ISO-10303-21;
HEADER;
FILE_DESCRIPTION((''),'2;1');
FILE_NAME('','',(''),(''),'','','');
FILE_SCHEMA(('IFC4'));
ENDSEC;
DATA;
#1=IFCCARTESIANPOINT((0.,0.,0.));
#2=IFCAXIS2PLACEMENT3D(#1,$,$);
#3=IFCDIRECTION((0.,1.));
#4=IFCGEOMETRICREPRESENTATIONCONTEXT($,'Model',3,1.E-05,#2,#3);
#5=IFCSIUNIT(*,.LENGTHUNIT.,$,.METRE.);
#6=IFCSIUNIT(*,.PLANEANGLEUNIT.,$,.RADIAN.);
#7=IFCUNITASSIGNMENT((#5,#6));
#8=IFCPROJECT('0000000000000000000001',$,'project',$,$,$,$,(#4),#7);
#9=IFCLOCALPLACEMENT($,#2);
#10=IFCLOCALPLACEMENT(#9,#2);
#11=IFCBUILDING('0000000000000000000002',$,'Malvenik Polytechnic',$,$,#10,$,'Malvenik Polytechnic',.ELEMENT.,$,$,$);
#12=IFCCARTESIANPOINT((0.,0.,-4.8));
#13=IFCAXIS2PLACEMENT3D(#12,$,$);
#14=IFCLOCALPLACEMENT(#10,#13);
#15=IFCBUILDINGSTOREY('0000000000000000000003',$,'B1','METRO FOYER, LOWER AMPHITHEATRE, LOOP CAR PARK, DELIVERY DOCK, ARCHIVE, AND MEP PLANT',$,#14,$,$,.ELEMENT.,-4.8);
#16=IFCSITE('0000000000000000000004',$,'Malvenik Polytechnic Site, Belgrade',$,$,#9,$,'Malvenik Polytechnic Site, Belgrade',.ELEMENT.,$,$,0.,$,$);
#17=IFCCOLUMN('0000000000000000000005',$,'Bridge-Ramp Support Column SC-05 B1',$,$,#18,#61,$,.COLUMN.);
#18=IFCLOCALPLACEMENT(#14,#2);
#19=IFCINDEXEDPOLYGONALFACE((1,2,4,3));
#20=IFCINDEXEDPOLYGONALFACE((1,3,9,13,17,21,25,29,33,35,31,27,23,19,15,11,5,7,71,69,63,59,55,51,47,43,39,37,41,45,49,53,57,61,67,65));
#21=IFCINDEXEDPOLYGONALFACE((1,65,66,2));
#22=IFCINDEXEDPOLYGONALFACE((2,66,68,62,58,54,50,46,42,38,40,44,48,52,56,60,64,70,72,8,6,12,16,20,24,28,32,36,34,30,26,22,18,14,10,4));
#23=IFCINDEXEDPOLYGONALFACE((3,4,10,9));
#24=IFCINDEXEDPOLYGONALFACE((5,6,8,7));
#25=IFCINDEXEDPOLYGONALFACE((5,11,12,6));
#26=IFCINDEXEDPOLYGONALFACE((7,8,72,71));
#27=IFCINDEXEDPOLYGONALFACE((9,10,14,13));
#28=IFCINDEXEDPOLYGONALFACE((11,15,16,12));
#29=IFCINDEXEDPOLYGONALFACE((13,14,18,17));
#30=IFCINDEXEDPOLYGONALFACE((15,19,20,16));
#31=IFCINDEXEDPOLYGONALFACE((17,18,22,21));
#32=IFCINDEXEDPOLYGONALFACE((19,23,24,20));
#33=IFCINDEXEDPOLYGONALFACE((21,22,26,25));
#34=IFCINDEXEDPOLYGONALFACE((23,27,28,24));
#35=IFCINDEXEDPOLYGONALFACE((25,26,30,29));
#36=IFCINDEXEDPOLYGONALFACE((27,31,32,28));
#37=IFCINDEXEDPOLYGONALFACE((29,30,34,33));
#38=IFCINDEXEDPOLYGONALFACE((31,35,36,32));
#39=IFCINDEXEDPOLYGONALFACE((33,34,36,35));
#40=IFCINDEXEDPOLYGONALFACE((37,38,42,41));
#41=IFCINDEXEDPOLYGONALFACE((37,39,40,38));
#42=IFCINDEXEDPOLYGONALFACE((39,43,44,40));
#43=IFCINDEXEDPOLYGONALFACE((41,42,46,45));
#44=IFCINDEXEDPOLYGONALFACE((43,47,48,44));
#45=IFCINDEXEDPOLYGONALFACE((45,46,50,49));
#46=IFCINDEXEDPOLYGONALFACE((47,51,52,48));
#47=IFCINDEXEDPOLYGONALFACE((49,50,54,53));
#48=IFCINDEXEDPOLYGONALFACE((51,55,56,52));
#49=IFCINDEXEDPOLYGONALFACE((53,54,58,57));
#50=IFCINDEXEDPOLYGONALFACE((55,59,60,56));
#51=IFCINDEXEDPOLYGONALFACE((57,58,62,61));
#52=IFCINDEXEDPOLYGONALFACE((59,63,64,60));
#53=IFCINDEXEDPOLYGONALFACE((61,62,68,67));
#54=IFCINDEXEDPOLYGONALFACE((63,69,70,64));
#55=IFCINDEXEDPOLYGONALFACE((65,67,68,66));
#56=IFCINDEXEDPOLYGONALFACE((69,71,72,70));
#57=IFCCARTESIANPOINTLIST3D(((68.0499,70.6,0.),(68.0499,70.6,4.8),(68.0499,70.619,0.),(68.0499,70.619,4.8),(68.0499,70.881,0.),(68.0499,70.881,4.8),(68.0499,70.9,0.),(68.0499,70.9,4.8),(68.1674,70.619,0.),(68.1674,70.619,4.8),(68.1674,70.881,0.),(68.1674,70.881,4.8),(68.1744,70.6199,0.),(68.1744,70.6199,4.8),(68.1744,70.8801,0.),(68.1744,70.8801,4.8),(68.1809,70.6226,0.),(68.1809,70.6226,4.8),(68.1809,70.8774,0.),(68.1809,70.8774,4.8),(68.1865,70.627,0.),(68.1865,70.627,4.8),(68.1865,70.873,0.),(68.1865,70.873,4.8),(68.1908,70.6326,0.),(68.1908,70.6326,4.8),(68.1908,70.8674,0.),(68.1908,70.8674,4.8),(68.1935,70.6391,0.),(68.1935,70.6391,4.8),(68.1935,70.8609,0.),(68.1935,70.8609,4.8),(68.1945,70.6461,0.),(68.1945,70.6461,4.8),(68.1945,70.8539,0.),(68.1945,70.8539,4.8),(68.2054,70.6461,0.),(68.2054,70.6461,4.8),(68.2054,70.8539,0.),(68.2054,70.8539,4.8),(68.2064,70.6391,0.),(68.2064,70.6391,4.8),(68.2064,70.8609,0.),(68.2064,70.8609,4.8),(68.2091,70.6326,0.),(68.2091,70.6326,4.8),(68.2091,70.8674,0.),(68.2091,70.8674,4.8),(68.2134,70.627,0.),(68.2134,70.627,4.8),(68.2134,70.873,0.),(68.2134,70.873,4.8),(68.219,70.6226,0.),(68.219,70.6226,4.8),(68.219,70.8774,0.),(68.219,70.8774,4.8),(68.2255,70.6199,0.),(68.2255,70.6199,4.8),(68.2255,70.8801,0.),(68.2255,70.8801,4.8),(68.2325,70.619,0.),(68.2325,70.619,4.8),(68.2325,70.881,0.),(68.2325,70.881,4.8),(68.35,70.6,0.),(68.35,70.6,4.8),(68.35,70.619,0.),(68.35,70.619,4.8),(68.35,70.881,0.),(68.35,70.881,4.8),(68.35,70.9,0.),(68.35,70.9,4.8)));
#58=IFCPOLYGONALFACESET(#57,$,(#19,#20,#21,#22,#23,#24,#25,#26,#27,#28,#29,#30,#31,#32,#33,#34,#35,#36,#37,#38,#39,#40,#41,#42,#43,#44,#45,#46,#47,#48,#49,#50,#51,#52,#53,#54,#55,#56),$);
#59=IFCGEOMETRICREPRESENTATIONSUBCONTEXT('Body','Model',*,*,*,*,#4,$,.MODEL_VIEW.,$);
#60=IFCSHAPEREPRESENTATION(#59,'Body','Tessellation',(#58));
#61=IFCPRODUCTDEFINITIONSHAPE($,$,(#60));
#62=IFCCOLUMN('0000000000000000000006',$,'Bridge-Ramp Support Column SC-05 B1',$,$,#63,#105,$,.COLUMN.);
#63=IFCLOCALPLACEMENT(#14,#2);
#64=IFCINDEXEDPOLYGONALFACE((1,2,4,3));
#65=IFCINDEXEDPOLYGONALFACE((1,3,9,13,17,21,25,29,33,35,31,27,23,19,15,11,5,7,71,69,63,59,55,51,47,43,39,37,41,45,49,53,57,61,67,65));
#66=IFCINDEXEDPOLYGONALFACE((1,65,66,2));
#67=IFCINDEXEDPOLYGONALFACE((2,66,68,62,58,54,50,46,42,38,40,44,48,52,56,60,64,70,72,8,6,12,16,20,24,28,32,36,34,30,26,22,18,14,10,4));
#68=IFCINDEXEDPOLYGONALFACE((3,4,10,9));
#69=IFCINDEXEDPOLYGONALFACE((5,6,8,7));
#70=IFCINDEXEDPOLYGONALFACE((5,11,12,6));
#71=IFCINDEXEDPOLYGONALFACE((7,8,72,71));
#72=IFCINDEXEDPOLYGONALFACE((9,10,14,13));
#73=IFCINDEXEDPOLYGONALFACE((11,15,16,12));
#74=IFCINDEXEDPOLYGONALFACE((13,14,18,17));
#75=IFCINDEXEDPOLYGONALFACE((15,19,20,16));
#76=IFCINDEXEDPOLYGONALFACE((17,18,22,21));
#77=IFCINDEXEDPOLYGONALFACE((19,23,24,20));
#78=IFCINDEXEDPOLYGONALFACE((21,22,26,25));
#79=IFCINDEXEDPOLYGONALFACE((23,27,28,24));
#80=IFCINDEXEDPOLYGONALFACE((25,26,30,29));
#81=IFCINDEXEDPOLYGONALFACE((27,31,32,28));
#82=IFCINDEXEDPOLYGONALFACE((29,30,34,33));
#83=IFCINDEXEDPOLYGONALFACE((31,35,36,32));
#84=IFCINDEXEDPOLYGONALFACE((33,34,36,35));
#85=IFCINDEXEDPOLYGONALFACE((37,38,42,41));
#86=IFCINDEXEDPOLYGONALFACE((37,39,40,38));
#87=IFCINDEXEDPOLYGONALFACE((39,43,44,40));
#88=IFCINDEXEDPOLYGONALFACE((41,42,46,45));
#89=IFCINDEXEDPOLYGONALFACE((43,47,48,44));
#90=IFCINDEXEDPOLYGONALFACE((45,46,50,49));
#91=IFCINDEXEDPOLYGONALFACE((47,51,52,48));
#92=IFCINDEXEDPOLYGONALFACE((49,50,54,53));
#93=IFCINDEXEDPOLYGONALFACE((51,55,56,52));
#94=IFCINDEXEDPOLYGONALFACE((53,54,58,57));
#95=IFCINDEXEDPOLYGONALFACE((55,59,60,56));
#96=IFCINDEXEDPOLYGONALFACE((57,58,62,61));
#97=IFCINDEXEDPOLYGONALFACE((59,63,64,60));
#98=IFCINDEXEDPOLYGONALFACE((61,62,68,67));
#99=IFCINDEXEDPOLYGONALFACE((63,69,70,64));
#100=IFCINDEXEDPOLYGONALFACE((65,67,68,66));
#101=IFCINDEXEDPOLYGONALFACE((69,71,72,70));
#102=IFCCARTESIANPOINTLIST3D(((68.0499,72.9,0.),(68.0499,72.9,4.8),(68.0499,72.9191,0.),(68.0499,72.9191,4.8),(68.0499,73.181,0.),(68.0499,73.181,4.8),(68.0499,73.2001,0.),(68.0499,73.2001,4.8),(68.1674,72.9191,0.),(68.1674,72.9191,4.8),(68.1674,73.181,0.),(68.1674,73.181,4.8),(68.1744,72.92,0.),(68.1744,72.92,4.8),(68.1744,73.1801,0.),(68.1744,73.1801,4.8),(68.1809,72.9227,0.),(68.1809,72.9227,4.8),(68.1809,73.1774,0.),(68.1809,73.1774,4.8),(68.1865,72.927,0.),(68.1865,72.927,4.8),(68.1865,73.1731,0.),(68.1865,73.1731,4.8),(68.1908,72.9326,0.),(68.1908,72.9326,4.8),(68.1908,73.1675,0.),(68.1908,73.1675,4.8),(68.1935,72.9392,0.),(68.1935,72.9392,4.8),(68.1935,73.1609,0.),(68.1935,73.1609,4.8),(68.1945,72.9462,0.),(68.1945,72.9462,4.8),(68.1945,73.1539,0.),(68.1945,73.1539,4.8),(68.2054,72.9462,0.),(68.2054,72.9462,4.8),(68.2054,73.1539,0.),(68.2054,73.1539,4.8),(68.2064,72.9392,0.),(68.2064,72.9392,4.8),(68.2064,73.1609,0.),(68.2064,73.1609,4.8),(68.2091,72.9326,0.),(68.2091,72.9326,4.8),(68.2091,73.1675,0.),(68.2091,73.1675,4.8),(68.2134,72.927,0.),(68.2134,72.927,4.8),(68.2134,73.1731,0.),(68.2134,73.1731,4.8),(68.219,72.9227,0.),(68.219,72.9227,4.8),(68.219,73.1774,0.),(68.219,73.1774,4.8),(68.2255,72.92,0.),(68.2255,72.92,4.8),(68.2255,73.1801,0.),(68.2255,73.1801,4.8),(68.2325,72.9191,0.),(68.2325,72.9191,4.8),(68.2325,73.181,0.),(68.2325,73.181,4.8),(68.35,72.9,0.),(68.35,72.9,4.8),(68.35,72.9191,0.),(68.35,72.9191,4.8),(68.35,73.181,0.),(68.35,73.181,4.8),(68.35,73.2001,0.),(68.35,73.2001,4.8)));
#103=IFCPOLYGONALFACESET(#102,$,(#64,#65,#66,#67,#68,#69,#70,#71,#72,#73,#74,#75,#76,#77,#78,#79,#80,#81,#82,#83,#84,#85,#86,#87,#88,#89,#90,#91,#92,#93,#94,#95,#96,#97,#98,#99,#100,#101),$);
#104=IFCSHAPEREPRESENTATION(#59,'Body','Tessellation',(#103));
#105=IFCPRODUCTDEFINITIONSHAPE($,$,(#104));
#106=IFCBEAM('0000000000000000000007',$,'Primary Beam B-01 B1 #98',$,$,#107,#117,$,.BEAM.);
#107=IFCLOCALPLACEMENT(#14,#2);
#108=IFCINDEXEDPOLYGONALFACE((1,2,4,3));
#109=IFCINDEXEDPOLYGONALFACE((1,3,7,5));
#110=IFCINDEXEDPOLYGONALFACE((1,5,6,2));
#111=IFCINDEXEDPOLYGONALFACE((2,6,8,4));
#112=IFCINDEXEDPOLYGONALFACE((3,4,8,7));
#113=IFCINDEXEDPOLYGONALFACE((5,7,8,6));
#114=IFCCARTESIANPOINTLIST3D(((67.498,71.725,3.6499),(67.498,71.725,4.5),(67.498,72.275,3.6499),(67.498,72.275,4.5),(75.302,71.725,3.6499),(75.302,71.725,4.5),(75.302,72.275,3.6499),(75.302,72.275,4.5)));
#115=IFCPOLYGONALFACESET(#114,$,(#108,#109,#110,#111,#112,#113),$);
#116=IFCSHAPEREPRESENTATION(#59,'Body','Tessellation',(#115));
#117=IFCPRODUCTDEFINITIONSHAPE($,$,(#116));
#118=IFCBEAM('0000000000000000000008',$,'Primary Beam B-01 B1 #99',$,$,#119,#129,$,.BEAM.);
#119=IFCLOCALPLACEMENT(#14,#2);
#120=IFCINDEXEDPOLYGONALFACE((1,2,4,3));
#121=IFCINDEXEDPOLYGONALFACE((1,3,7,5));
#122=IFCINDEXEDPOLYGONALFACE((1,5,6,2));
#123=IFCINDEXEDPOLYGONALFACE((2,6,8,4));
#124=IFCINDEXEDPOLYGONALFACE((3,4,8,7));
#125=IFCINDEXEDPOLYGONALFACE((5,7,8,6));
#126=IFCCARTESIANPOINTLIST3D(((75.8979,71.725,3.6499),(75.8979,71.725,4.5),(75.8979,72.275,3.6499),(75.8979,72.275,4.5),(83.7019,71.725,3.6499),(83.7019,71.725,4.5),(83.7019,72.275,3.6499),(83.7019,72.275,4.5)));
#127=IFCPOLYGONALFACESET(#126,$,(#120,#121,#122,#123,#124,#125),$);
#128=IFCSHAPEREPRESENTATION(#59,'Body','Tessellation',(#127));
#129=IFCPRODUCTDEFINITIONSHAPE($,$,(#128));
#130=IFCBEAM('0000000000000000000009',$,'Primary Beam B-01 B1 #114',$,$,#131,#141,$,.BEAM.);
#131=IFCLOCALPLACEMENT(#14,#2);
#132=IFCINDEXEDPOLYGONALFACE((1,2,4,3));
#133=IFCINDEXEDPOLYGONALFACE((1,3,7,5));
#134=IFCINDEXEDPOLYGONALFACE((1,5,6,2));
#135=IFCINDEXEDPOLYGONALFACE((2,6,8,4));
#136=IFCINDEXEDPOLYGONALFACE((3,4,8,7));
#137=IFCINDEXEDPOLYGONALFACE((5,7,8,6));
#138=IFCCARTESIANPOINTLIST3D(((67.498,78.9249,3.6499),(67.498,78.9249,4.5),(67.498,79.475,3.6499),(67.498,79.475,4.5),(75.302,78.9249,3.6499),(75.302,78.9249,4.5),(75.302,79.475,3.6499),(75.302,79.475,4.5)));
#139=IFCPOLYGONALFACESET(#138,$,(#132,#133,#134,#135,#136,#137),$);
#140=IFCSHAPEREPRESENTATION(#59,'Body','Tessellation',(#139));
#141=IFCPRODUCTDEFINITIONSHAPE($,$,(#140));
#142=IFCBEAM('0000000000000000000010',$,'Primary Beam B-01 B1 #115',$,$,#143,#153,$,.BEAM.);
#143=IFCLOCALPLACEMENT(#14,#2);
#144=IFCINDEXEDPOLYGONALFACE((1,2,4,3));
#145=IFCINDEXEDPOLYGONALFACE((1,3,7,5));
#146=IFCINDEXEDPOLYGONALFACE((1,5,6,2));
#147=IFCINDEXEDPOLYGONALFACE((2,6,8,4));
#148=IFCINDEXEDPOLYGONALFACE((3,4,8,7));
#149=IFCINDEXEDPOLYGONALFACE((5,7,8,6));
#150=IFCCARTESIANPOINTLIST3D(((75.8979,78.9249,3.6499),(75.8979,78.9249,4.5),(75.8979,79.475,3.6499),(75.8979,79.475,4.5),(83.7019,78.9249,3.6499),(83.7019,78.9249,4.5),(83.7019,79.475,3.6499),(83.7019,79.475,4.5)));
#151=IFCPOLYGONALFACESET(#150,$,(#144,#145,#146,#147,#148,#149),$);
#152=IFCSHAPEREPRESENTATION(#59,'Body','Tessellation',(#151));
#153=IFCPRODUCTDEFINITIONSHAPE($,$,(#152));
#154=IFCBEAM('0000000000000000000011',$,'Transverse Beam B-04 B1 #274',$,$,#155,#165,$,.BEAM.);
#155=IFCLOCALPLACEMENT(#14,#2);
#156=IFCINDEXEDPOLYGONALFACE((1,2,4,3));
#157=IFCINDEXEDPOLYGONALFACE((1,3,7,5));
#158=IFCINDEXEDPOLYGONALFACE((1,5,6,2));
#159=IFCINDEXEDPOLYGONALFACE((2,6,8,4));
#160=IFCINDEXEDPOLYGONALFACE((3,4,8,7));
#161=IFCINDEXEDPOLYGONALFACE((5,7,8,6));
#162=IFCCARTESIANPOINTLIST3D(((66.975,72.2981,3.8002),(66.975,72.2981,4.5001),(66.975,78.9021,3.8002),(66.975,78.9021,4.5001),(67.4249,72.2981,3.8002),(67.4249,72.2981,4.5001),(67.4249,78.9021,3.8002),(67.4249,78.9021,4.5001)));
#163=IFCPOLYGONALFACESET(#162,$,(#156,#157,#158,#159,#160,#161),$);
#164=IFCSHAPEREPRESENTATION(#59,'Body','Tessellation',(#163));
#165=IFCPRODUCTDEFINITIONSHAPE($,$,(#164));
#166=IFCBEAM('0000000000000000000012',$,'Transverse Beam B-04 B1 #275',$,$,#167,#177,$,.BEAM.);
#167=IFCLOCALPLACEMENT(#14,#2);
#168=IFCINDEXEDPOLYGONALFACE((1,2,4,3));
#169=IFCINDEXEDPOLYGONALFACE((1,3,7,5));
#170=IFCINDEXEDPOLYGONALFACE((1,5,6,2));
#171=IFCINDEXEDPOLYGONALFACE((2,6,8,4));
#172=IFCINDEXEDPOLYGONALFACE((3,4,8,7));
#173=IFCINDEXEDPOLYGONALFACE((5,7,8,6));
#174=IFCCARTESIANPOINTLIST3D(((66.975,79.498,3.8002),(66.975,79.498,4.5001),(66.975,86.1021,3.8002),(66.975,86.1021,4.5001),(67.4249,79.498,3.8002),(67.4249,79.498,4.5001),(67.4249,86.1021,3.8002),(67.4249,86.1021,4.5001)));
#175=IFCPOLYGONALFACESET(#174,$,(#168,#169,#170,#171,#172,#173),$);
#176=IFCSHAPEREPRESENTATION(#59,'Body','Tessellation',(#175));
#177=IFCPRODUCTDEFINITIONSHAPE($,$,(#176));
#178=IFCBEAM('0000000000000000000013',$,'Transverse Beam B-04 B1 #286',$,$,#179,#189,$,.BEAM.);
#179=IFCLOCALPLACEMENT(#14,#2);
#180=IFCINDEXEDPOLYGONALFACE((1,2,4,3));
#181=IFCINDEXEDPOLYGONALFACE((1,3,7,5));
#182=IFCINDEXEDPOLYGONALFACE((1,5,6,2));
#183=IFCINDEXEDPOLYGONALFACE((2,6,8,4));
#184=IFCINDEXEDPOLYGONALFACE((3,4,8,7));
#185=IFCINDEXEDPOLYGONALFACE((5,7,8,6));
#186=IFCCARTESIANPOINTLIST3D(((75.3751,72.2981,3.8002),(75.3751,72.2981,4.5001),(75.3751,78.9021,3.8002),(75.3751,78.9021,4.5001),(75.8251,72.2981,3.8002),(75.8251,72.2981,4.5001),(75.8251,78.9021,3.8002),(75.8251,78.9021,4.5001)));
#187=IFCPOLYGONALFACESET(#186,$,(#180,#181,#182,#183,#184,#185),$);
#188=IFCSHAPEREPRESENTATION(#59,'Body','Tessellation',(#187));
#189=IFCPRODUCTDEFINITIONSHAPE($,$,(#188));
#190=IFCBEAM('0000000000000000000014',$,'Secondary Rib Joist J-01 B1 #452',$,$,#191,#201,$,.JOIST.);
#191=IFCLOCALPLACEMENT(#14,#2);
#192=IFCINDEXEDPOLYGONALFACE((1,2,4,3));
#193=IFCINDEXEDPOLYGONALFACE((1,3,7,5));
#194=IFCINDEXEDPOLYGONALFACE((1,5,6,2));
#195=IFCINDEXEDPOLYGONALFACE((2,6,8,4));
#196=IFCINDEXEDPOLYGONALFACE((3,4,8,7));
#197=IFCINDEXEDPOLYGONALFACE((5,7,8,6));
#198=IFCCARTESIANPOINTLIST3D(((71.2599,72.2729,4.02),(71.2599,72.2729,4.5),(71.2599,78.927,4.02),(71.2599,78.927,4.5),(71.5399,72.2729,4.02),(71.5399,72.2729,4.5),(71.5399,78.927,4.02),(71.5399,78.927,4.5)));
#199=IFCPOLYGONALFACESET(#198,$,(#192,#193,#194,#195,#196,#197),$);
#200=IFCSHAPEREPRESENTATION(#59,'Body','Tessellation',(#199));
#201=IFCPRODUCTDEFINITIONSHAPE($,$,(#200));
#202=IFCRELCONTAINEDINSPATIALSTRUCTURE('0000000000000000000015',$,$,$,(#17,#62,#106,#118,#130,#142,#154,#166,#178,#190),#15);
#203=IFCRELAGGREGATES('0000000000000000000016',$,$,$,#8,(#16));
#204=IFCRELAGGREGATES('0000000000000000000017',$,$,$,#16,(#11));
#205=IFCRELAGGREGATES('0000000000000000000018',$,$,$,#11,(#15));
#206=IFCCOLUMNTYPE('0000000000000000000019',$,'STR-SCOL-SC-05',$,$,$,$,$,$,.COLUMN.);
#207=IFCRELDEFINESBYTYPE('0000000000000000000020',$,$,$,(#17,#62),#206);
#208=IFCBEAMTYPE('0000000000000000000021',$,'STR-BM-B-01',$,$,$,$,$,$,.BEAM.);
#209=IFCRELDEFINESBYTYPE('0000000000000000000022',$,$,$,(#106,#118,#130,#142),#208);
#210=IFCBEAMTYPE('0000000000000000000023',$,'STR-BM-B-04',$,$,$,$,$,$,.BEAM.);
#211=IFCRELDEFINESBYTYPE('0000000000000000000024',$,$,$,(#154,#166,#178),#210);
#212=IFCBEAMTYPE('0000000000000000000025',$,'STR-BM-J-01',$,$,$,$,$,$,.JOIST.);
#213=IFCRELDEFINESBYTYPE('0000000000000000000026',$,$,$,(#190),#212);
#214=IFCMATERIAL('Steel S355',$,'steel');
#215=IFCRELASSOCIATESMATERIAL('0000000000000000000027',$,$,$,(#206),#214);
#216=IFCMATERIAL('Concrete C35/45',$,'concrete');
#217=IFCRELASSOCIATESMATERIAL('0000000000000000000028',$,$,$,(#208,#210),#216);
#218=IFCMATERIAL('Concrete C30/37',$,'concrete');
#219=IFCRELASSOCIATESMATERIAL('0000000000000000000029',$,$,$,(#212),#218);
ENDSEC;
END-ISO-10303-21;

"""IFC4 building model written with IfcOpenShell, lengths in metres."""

from ifc_helpers import new_model, si_unit, direction, frame, origin, origin_2d, place, context, subcontext, project, spatial, rectangle, i_section, extrude, material, material_profile, profile_set, type_object, element, save


model = new_model("IFC4")

# Units and contexts
model_context = context("Model", 3, precision=1e-05, world=origin(), true_north=direction((0.0, 1.0)))
body_context = subcontext(model_context, "Body", "Model", "MODEL_VIEW")
ifc_project = project(units=[si_unit("LENGTHUNIT", "METRE"), si_unit("PLANEANGLEUNIT", "RADIAN")], contexts=[model_context])

# Site, building, storey
site_placement = place(None, origin())
site = spatial("IfcSite", under=ifc_project, at=site_placement, Name="Malvenik Polytechnic Site, Belgrade", LongName="Malvenik Polytechnic Site, Belgrade", CompositionType="ELEMENT", RefElevation=0.0)
building_placement = place(site_placement, origin())
building = spatial("IfcBuilding", under=site, at=building_placement, Name="Malvenik Polytechnic", LongName="Malvenik Polytechnic", CompositionType="ELEMENT")
storey_placement = place(building_placement, frame((0.0, 0.0, -4.8)))
storey = spatial("IfcBuildingStorey", under=building, at=storey_placement, Name="B1", Description="METRO FOYER, LOWER AMPHITHEATRE, LOOP CAR PARK, DELIVERY DOCK, ARCHIVE, AND MEP PLANT", CompositionType="ELEMENT", Elevation=-4.8)

# Shared definitions
ifc_material_1 = material(Name="Concrete C35/45", Category="concrete")

# Columns
ifc_material_2 = material(Name="Steel S355", Category="steel")
ifc_material_profile_1 = material_profile(ifc_material_2, i_section(OverallWidth=0.3, OverallDepth=0.3, WebThickness=0.011, FlangeThickness=0.019, FilletRadius=0.0271, at=origin_2d()), Name="HEB 300")
ifc_profile_set_1 = profile_set([ifc_material_profile_1], Name="Steel S355")
column_type_1 = type_object("IfcColumnType", Name="STR-SCOL-SC-05", PredefinedType="COLUMN", material=ifc_profile_set_1)
for number, where, z_axis, x_axis, name in (
    (1, (68.2, 70.75, 0.0), (0.0, 0.0, 1.0), (1.0, 0.0, 0.0), "Bridge-Ramp Support Column SC-05 B1"),
    (2, (68.2, 73.05, 0.0), (0.0, 0.0, 1.0), (1.0, 0.0, 0.0), "Bridge-Ramp Support Column SC-05 B1"),
):
    element("IfcColumn", number, at=place(storey_placement, frame(where, z_axis=z_axis, x_axis=x_axis)), inside=storey, type_object=column_type_1, Name=name, PredefinedType="COLUMN", context=body_context, shape_type="SweptSolid", body=[
        extrude(i_section(OverallWidth=0.3, OverallDepth=0.3, WebThickness=0.011, FlangeThickness=0.019, FilletRadius=0.0271, at=origin_2d()), origin(), (0.0, 0.0, 1.0), 4.8),
    ])

# Beams
ifc_material_profile_2 = material_profile(ifc_material_1, rectangle(XDim=0.55, YDim=0.8501, at=origin_2d()), Name="RC BM 550x850")
ifc_profile_set_2 = profile_set([ifc_material_profile_2], Name="Concrete C35/45")
beam_type_1 = type_object("IfcBeamType", Name="STR-BM-B-01", PredefinedType="BEAM", material=ifc_profile_set_2)
for number, where, z_axis, x_axis, name in (
    (3, (67.498, 72.0, 4.075), (1.0, 0.0, 0.0), (0.0, 1.0, 0.0), "Primary Beam B-01 B1 #98"),
    (4, (75.8979, 72.0, 4.075), (1.0, 0.0, 0.0), (0.0, 1.0, 0.0), "Primary Beam B-01 B1 #99"),
    (5, (67.498, 79.2, 4.075), (1.0, 0.0, 0.0), (0.0, 1.0, 0.0), "Primary Beam B-01 B1 #114"),
    (6, (75.8979, 79.2, 4.075), (1.0, 0.0, 0.0), (0.0, 1.0, 0.0), "Primary Beam B-01 B1 #115"),
):
    element("IfcBeam", number, at=place(storey_placement, frame(where, z_axis=z_axis, x_axis=x_axis)), inside=storey, type_object=beam_type_1, Name=name, PredefinedType="BEAM", context=body_context, shape_type="SweptSolid", body=[
        extrude(rectangle(XDim=0.55, YDim=0.8501, at=origin_2d()), origin(), (0.0, 0.0, 1.0), 7.804),
    ])
ifc_material_profile_3 = material_profile(ifc_material_1, rectangle(XDim=0.45, YDim=0.7, at=origin_2d()), Name="RC BM 450x700")
ifc_profile_set_3 = profile_set([ifc_material_profile_3], Name="Concrete C35/45")
beam_type_2 = type_object("IfcBeamType", Name="STR-BM-B-04", PredefinedType="BEAM", material=ifc_profile_set_3)
for number, where, z_axis, x_axis, name in (
    (7, (67.2, 72.2981, 4.1501), (0.0, 1.0, 0.0), (-1.0, 0.0, 0.0), "Transverse Beam B-04 B1 #274"),
    (8, (67.2, 79.498, 4.1501), (0.0, 1.0, 0.0), (-1.0, 0.0, 0.0), "Transverse Beam B-04 B1 #275"),
    (9, (75.6001, 72.2981, 4.1501), (0.0, 1.0, 0.0), (-1.0, 0.0, 0.0), "Transverse Beam B-04 B1 #286"),
):
    element("IfcBeam", number, at=place(storey_placement, frame(where, z_axis=z_axis, x_axis=x_axis)), inside=storey, type_object=beam_type_2, Name=name, PredefinedType="BEAM", context=body_context, shape_type="SweptSolid", body=[
        extrude(rectangle(XDim=0.45, YDim=0.7, at=origin_2d()), origin(), (0.0, 0.0, 1.0), 6.604),
    ])
ifc_material_3 = material(Name="Concrete C30/37", Category="concrete")
ifc_material_profile_4 = material_profile(ifc_material_3, rectangle(XDim=0.28, YDim=0.48, at=origin_2d()), Name="RC JST 280x480")
ifc_profile_set_4 = profile_set([ifc_material_profile_4], Name="Concrete C30/37")
beam_type_3 = type_object("IfcBeamType", Name="STR-BM-J-01", PredefinedType="JOIST", material=ifc_profile_set_4)
beam_placement = place(storey_placement, frame((71.3999, 72.2729, 4.26), z_axis=(0.0, 1.0, 0.0), x_axis=(-1.0, 0.0, 0.0)))
element("IfcBeam", 10, at=beam_placement, inside=storey, type_object=beam_type_3, Name="Secondary Rib Joist J-01 B1 #452", PredefinedType="JOIST", context=body_context, shape_type="SweptSolid", body=[
    extrude(rectangle(XDim=0.28, YDim=0.48, at=origin_2d()), origin(), (0.0, 0.0, 1.0), 6.6541),
])

save(model, "model.ifc")
